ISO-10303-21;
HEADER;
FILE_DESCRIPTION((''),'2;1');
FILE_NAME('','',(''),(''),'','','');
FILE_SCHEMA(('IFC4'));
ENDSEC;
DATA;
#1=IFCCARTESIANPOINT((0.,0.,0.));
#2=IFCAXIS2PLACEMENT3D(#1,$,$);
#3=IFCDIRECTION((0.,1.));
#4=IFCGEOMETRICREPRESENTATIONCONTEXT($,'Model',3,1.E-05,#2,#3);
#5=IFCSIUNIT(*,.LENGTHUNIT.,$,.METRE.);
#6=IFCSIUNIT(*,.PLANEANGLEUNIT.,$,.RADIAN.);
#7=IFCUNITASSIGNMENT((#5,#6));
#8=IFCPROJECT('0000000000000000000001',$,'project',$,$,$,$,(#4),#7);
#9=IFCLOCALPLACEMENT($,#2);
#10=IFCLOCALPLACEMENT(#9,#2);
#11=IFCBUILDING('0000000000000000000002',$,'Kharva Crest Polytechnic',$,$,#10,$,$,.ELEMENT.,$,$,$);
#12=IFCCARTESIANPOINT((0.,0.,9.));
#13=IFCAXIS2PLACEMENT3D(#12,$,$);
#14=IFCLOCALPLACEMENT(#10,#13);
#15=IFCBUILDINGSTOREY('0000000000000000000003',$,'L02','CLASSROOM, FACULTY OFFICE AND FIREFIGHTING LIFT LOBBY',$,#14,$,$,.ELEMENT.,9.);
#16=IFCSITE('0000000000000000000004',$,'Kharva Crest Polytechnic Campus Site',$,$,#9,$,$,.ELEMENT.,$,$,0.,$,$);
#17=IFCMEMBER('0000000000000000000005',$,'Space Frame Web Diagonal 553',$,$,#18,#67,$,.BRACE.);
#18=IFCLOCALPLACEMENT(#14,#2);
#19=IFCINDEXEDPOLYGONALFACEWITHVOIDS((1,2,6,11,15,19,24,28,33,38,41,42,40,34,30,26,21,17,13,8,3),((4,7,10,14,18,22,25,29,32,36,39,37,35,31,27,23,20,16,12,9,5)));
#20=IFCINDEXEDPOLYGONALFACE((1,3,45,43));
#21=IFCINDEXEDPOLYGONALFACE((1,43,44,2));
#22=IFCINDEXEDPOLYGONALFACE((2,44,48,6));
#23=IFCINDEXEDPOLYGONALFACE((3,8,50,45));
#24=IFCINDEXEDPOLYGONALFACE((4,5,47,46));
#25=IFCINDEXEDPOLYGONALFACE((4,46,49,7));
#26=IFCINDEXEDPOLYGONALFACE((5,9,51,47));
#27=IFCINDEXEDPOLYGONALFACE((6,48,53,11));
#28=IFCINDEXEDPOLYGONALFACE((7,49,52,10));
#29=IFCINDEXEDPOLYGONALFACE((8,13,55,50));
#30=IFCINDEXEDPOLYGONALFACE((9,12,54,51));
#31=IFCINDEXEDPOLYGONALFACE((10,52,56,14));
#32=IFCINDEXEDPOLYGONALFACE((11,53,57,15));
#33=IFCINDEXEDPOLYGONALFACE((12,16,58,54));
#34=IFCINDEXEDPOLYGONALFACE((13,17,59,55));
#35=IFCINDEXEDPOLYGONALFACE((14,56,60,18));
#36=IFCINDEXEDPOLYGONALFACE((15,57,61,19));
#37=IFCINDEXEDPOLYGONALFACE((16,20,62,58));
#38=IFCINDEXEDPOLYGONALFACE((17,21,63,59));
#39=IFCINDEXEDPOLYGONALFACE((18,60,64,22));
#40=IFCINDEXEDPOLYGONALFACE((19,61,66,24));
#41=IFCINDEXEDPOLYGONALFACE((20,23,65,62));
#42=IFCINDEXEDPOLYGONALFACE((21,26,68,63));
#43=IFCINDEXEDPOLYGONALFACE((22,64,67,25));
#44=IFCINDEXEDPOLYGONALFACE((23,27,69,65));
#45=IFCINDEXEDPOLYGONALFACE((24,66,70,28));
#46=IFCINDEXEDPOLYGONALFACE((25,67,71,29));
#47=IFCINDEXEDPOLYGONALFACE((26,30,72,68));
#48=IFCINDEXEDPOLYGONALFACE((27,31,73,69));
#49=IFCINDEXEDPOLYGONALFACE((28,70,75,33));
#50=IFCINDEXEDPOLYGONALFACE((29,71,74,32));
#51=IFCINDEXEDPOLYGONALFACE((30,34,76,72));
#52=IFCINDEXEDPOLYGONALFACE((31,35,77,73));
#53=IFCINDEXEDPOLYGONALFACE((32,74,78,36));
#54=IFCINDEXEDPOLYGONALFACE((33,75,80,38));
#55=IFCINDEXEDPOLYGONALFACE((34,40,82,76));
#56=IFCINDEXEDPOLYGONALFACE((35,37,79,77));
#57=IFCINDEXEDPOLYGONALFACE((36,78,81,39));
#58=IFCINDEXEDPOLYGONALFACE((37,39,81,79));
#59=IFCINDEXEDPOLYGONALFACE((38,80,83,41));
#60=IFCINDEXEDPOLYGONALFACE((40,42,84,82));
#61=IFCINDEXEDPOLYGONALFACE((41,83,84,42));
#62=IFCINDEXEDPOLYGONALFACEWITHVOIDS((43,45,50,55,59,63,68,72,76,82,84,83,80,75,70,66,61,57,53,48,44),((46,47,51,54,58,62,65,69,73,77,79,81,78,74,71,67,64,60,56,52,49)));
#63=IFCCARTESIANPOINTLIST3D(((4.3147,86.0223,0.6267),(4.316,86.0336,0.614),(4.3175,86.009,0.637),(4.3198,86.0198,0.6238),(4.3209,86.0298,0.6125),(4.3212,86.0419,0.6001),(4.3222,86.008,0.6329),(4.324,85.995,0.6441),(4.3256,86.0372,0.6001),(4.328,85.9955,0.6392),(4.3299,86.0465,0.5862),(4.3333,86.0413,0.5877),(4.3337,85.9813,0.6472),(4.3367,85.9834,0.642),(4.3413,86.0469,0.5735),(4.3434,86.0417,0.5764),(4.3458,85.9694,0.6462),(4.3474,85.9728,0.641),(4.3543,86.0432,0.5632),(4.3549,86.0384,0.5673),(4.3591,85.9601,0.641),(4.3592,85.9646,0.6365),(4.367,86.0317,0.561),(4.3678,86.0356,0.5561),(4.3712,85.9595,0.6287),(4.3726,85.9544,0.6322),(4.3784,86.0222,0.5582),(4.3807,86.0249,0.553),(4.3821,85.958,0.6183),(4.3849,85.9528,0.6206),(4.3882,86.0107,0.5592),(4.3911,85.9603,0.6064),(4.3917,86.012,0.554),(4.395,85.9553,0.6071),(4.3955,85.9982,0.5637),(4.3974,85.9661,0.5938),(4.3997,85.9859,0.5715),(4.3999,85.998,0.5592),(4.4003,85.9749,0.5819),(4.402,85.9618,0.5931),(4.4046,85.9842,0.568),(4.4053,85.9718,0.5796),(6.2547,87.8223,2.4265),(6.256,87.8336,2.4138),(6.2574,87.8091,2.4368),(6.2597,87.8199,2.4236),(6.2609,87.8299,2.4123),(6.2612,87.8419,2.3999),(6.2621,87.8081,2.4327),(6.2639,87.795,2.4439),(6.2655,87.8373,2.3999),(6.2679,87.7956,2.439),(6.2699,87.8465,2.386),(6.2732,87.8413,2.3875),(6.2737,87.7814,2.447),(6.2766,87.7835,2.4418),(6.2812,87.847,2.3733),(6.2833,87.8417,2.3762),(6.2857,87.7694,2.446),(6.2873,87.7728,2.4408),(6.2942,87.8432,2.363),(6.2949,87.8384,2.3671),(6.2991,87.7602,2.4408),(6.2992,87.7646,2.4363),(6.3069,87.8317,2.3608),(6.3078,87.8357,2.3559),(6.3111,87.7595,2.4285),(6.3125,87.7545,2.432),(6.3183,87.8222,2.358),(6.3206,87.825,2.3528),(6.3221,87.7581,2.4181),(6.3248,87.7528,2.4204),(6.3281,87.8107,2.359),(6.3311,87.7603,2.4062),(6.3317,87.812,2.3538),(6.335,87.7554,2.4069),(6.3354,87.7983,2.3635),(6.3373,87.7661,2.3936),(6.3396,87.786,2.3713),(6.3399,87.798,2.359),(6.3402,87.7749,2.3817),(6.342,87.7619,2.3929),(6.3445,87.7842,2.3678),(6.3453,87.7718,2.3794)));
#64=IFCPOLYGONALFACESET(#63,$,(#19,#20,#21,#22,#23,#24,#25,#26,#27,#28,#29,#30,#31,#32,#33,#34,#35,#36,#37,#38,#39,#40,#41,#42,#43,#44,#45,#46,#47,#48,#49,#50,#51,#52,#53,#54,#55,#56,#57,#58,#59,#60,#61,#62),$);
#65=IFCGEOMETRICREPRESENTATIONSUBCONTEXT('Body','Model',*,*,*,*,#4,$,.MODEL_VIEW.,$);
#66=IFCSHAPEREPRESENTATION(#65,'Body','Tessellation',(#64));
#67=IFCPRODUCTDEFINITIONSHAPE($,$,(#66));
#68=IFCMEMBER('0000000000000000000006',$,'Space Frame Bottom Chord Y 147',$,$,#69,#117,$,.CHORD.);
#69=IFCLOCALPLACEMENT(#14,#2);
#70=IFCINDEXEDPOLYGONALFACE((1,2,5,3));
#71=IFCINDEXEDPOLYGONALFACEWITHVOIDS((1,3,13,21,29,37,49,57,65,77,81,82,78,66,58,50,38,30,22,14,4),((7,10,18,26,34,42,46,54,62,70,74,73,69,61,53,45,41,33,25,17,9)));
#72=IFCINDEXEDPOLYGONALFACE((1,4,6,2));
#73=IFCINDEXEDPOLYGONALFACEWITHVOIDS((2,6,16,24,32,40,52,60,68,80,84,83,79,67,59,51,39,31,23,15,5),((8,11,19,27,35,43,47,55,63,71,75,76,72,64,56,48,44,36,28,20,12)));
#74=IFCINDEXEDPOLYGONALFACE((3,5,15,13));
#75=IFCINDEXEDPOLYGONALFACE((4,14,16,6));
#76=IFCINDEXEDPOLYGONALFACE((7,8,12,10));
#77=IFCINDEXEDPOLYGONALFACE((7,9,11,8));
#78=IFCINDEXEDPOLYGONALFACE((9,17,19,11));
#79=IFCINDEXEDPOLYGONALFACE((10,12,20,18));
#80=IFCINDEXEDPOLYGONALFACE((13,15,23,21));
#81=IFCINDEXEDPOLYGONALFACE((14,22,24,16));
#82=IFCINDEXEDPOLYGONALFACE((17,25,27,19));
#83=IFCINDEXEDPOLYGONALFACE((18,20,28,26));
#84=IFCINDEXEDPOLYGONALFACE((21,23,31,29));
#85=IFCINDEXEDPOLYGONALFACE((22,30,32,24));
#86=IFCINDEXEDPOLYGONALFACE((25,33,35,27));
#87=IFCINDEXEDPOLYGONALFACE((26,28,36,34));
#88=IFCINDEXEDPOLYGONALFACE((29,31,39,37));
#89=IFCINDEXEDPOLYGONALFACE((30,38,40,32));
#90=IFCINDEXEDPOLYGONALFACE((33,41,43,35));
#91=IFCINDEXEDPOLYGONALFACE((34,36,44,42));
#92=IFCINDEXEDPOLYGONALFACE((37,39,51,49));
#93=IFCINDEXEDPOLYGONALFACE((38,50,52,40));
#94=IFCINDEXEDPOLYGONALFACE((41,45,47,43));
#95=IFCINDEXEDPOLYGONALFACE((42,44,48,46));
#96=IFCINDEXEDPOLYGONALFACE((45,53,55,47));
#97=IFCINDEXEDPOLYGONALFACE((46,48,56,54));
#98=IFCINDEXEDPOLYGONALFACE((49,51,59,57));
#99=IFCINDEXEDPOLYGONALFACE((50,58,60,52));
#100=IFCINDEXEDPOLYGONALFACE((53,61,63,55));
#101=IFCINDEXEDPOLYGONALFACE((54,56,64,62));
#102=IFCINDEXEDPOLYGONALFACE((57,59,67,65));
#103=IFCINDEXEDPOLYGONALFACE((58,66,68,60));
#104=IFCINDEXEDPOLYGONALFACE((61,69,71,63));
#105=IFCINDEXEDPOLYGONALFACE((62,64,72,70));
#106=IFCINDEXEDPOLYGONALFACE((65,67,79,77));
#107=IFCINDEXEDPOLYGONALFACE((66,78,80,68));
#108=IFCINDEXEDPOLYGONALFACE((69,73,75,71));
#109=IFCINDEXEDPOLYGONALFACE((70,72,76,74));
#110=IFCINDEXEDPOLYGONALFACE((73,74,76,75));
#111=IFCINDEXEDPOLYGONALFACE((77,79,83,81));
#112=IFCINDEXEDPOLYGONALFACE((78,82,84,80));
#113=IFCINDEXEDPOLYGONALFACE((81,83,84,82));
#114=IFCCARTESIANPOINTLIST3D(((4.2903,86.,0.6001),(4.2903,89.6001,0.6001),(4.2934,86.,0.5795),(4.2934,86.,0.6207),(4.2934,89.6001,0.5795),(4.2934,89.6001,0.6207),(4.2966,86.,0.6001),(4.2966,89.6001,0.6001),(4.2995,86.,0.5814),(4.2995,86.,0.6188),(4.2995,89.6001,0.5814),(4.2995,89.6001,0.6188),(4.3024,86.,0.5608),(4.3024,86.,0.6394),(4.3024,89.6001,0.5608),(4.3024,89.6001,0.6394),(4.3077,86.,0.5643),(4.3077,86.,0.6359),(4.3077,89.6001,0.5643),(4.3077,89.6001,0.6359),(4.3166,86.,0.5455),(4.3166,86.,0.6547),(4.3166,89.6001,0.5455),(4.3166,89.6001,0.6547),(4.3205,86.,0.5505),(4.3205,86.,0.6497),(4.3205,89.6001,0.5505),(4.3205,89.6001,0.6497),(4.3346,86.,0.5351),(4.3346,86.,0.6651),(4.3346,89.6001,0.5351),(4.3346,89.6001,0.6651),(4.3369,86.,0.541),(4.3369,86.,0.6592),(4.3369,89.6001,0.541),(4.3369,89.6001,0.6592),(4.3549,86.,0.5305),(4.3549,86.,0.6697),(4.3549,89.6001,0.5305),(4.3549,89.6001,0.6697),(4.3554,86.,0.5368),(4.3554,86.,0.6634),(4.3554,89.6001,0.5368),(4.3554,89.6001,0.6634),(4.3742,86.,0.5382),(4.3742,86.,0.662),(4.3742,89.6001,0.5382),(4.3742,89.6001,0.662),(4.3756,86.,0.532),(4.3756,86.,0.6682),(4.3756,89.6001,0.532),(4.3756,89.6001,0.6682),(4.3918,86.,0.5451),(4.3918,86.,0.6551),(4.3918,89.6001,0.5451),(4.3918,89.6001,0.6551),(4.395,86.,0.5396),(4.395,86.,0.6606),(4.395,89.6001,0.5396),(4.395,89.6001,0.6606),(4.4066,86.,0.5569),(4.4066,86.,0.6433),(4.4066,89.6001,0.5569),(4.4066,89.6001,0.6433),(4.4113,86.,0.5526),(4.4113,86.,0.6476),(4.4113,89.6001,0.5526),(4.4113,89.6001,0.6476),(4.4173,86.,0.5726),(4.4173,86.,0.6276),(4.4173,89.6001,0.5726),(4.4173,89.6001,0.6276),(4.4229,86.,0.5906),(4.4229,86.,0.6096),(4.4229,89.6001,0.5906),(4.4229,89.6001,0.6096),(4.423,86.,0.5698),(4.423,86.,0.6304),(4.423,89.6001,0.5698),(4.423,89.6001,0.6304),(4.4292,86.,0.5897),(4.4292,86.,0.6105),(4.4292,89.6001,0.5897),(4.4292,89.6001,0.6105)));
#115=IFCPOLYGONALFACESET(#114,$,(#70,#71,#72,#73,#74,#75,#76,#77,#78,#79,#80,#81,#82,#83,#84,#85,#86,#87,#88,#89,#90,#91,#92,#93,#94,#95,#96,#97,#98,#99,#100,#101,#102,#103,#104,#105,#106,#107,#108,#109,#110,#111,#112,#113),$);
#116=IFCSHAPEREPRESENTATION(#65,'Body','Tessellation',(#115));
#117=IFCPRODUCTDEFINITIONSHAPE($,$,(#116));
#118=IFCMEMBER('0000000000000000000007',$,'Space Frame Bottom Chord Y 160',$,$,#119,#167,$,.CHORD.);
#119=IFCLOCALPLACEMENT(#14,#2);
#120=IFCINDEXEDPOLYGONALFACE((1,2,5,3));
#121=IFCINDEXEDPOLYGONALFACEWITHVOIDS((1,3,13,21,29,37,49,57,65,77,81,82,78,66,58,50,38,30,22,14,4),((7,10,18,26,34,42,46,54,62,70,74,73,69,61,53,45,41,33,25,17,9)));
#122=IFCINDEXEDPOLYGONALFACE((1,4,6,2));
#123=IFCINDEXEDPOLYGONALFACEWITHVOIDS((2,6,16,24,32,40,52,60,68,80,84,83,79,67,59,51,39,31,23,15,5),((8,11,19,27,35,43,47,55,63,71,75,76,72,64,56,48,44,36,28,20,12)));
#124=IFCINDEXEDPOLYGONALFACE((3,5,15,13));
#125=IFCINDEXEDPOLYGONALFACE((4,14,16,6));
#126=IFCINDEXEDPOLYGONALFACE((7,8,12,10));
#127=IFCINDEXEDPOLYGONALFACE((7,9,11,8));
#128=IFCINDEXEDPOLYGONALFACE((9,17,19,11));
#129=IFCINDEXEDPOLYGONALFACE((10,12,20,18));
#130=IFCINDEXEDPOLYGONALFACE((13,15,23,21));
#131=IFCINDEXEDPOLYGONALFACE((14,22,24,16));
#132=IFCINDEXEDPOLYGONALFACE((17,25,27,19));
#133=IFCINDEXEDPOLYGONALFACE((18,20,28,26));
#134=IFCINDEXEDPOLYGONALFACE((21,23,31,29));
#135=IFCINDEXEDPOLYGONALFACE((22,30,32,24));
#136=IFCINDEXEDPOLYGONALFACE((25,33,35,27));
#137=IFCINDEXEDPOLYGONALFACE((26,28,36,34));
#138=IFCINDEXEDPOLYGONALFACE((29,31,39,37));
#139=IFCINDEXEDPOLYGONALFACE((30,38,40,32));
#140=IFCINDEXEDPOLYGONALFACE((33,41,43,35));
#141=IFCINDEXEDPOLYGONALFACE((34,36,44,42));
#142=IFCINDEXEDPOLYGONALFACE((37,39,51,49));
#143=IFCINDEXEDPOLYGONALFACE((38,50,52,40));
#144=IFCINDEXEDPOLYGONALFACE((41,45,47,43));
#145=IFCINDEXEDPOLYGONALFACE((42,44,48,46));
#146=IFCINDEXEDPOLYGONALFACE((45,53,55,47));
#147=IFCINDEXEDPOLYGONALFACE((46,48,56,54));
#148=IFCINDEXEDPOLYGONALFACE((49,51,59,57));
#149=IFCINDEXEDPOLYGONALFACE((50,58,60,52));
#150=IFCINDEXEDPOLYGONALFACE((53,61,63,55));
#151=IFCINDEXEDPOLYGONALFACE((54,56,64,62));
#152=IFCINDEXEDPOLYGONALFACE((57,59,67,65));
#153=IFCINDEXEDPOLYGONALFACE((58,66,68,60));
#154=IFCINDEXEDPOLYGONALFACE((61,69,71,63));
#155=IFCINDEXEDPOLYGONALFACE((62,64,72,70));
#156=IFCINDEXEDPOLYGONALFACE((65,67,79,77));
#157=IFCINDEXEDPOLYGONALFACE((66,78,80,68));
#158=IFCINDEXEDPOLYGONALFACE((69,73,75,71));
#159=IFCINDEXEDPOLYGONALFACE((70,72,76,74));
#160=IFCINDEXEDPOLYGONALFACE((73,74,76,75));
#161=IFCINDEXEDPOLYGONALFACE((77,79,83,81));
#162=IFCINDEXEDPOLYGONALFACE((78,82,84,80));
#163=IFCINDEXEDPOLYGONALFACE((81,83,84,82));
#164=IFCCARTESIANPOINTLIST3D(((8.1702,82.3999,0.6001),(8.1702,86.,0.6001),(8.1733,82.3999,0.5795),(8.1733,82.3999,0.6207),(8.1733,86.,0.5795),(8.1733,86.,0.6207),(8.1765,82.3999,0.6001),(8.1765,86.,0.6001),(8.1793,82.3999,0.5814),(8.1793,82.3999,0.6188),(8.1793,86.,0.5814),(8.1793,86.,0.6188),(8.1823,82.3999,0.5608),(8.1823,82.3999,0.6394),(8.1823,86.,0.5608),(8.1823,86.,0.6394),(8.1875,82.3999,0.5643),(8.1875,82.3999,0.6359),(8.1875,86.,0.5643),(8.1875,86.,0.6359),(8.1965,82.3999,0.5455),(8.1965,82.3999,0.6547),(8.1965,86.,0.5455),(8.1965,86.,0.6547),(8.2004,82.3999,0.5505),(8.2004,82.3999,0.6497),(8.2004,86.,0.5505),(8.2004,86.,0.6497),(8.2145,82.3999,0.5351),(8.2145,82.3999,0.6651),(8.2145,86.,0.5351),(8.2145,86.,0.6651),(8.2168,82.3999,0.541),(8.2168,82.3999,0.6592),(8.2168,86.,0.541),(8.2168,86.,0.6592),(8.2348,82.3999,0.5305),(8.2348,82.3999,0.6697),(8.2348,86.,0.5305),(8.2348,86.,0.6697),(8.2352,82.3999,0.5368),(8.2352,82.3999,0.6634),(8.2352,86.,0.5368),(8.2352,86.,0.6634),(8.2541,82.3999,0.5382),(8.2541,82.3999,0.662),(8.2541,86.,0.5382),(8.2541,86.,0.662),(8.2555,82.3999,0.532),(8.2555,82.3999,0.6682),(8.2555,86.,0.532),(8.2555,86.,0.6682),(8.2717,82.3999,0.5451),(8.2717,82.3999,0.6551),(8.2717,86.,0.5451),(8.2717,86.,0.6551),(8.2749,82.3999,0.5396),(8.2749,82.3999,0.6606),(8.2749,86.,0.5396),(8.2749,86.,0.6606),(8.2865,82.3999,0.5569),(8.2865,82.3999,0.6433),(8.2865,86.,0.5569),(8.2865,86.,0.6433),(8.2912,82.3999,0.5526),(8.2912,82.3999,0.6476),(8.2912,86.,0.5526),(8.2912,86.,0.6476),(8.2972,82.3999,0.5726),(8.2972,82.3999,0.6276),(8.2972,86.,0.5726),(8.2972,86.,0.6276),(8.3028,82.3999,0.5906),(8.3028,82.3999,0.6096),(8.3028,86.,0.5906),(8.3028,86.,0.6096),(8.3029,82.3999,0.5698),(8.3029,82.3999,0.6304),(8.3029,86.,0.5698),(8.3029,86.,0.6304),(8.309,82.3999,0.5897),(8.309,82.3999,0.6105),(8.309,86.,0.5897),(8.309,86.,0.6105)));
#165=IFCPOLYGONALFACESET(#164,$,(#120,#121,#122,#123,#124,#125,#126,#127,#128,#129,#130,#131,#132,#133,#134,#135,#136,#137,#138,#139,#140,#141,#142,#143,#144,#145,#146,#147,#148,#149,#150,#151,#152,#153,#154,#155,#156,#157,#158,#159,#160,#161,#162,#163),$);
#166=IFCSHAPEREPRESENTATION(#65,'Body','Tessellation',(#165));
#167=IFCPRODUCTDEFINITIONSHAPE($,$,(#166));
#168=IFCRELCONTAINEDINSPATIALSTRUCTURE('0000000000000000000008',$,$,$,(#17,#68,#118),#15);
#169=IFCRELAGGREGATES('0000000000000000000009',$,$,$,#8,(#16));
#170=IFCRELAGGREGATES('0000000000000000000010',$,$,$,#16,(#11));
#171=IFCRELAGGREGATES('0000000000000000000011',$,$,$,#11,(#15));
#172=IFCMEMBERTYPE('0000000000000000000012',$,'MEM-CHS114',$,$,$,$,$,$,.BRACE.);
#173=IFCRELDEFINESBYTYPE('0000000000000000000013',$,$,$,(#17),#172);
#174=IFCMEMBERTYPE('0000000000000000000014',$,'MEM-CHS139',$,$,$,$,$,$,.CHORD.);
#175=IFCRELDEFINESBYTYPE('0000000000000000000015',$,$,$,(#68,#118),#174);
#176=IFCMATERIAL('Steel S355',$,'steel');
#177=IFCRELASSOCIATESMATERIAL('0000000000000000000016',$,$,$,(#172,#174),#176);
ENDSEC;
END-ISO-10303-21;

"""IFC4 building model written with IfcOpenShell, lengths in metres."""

from ifc_helpers import new_model, si_unit, direction, frame, origin, origin_2d, place, context, subcontext, project, spatial, hollow_circle, extrude, material, material_profile, profile_set, type_object, element, save


model = new_model("IFC4")

# Units and contexts
model_context = context("Model", 3, precision=1e-05, world=origin(), true_north=direction((0.0, 1.0)))
body_context = subcontext(model_context, "Body", "Model", "MODEL_VIEW")
ifc_project = project(units=[si_unit("LENGTHUNIT", "METRE"), si_unit("PLANEANGLEUNIT", "RADIAN")], contexts=[model_context])

# Site, building, storey
site_placement = place(None, origin())
site = spatial("IfcSite", under=ifc_project, at=site_placement, Name="Kharva Crest Polytechnic Campus Site", CompositionType="ELEMENT", RefElevation=0.0)
building_placement = place(site_placement, origin())
building = spatial("IfcBuilding", under=site, at=building_placement, Name="Kharva Crest Polytechnic", CompositionType="ELEMENT")
storey_placement = place(building_placement, frame((0.0, 0.0, 9.0)))
storey = spatial("IfcBuildingStorey", under=building, at=storey_placement, Name="L02", Description="CLASSROOM, FACULTY OFFICE AND FIREFIGHTING LIFT LOBBY", CompositionType="ELEMENT", Elevation=9.0)

# Shared definitions
ifc_material_1 = material(Name="Steel S355", Category="steel")

# Members
ifc_material_profile_1 = material_profile(ifc_material_1, hollow_circle(Radius=0.0571, WallThickness=0.0063, at=origin_2d()), Name="CHS 114.3X6.3")
ifc_profile_set_1 = profile_set([ifc_material_profile_1], Name="Steel S355")
member_type_1 = type_object("IfcMemberType", Name="MEM-CHS114", PredefinedType="BRACE", material=ifc_profile_set_1)
for number, where, z_axis, x_axis, name in (
    (1, (4.3601, 86.0, 0.6001), (0.606147, 0.562437, 0.562361), (-0.680182, 0.733043, 0.0), "Space Frame Web Diagonal 553"),
):
    element("IfcMember", number, at=place(storey_placement, frame(where, z_axis=z_axis, x_axis=x_axis)), inside=storey, type_object=member_type_1, Name=name, PredefinedType="BRACE", context=body_context, shape_type="SweptSolid", body=[
        extrude(hollow_circle(Radius=0.0571, WallThickness=0.0063, at=origin_2d()), origin(), (0.0, 0.0, 1.0), 3.2004),
    ])
ifc_material_profile_2 = material_profile(ifc_material_1, hollow_circle(Radius=0.0698, WallThickness=0.0063, at=origin_2d()), Name="CHS 139.7X6.3")
ifc_profile_set_2 = profile_set([ifc_material_profile_2], Name="Steel S355")
member_type_2 = type_object("IfcMemberType", Name="MEM-CHS139", PredefinedType="CHORD", material=ifc_profile_set_2)
for number, where, z_axis, x_axis, name in (
    (2, (4.3601, 86.0, 0.6001), (0.0, 1.0, 0.0), (-1.0, 0.0, 0.0), "Space Frame Bottom Chord Y 147"),
    (3, (8.24, 82.3999, 0.6001), (0.0, 1.0, 0.0), (-1.0, 0.0, 0.0), "Space Frame Bottom Chord Y 160"),
):
    element("IfcMember", number, at=place(storey_placement, frame(where, z_axis=z_axis, x_axis=x_axis)), inside=storey, type_object=member_type_2, Name=name, PredefinedType="CHORD", context=body_context, shape_type="SweptSolid", body=[
        extrude(hollow_circle(Radius=0.0698, WallThickness=0.0063, at=origin_2d()), origin(), (0.0, 0.0, 1.0), 3.6001),
    ])

save(model, "model.ifc")
